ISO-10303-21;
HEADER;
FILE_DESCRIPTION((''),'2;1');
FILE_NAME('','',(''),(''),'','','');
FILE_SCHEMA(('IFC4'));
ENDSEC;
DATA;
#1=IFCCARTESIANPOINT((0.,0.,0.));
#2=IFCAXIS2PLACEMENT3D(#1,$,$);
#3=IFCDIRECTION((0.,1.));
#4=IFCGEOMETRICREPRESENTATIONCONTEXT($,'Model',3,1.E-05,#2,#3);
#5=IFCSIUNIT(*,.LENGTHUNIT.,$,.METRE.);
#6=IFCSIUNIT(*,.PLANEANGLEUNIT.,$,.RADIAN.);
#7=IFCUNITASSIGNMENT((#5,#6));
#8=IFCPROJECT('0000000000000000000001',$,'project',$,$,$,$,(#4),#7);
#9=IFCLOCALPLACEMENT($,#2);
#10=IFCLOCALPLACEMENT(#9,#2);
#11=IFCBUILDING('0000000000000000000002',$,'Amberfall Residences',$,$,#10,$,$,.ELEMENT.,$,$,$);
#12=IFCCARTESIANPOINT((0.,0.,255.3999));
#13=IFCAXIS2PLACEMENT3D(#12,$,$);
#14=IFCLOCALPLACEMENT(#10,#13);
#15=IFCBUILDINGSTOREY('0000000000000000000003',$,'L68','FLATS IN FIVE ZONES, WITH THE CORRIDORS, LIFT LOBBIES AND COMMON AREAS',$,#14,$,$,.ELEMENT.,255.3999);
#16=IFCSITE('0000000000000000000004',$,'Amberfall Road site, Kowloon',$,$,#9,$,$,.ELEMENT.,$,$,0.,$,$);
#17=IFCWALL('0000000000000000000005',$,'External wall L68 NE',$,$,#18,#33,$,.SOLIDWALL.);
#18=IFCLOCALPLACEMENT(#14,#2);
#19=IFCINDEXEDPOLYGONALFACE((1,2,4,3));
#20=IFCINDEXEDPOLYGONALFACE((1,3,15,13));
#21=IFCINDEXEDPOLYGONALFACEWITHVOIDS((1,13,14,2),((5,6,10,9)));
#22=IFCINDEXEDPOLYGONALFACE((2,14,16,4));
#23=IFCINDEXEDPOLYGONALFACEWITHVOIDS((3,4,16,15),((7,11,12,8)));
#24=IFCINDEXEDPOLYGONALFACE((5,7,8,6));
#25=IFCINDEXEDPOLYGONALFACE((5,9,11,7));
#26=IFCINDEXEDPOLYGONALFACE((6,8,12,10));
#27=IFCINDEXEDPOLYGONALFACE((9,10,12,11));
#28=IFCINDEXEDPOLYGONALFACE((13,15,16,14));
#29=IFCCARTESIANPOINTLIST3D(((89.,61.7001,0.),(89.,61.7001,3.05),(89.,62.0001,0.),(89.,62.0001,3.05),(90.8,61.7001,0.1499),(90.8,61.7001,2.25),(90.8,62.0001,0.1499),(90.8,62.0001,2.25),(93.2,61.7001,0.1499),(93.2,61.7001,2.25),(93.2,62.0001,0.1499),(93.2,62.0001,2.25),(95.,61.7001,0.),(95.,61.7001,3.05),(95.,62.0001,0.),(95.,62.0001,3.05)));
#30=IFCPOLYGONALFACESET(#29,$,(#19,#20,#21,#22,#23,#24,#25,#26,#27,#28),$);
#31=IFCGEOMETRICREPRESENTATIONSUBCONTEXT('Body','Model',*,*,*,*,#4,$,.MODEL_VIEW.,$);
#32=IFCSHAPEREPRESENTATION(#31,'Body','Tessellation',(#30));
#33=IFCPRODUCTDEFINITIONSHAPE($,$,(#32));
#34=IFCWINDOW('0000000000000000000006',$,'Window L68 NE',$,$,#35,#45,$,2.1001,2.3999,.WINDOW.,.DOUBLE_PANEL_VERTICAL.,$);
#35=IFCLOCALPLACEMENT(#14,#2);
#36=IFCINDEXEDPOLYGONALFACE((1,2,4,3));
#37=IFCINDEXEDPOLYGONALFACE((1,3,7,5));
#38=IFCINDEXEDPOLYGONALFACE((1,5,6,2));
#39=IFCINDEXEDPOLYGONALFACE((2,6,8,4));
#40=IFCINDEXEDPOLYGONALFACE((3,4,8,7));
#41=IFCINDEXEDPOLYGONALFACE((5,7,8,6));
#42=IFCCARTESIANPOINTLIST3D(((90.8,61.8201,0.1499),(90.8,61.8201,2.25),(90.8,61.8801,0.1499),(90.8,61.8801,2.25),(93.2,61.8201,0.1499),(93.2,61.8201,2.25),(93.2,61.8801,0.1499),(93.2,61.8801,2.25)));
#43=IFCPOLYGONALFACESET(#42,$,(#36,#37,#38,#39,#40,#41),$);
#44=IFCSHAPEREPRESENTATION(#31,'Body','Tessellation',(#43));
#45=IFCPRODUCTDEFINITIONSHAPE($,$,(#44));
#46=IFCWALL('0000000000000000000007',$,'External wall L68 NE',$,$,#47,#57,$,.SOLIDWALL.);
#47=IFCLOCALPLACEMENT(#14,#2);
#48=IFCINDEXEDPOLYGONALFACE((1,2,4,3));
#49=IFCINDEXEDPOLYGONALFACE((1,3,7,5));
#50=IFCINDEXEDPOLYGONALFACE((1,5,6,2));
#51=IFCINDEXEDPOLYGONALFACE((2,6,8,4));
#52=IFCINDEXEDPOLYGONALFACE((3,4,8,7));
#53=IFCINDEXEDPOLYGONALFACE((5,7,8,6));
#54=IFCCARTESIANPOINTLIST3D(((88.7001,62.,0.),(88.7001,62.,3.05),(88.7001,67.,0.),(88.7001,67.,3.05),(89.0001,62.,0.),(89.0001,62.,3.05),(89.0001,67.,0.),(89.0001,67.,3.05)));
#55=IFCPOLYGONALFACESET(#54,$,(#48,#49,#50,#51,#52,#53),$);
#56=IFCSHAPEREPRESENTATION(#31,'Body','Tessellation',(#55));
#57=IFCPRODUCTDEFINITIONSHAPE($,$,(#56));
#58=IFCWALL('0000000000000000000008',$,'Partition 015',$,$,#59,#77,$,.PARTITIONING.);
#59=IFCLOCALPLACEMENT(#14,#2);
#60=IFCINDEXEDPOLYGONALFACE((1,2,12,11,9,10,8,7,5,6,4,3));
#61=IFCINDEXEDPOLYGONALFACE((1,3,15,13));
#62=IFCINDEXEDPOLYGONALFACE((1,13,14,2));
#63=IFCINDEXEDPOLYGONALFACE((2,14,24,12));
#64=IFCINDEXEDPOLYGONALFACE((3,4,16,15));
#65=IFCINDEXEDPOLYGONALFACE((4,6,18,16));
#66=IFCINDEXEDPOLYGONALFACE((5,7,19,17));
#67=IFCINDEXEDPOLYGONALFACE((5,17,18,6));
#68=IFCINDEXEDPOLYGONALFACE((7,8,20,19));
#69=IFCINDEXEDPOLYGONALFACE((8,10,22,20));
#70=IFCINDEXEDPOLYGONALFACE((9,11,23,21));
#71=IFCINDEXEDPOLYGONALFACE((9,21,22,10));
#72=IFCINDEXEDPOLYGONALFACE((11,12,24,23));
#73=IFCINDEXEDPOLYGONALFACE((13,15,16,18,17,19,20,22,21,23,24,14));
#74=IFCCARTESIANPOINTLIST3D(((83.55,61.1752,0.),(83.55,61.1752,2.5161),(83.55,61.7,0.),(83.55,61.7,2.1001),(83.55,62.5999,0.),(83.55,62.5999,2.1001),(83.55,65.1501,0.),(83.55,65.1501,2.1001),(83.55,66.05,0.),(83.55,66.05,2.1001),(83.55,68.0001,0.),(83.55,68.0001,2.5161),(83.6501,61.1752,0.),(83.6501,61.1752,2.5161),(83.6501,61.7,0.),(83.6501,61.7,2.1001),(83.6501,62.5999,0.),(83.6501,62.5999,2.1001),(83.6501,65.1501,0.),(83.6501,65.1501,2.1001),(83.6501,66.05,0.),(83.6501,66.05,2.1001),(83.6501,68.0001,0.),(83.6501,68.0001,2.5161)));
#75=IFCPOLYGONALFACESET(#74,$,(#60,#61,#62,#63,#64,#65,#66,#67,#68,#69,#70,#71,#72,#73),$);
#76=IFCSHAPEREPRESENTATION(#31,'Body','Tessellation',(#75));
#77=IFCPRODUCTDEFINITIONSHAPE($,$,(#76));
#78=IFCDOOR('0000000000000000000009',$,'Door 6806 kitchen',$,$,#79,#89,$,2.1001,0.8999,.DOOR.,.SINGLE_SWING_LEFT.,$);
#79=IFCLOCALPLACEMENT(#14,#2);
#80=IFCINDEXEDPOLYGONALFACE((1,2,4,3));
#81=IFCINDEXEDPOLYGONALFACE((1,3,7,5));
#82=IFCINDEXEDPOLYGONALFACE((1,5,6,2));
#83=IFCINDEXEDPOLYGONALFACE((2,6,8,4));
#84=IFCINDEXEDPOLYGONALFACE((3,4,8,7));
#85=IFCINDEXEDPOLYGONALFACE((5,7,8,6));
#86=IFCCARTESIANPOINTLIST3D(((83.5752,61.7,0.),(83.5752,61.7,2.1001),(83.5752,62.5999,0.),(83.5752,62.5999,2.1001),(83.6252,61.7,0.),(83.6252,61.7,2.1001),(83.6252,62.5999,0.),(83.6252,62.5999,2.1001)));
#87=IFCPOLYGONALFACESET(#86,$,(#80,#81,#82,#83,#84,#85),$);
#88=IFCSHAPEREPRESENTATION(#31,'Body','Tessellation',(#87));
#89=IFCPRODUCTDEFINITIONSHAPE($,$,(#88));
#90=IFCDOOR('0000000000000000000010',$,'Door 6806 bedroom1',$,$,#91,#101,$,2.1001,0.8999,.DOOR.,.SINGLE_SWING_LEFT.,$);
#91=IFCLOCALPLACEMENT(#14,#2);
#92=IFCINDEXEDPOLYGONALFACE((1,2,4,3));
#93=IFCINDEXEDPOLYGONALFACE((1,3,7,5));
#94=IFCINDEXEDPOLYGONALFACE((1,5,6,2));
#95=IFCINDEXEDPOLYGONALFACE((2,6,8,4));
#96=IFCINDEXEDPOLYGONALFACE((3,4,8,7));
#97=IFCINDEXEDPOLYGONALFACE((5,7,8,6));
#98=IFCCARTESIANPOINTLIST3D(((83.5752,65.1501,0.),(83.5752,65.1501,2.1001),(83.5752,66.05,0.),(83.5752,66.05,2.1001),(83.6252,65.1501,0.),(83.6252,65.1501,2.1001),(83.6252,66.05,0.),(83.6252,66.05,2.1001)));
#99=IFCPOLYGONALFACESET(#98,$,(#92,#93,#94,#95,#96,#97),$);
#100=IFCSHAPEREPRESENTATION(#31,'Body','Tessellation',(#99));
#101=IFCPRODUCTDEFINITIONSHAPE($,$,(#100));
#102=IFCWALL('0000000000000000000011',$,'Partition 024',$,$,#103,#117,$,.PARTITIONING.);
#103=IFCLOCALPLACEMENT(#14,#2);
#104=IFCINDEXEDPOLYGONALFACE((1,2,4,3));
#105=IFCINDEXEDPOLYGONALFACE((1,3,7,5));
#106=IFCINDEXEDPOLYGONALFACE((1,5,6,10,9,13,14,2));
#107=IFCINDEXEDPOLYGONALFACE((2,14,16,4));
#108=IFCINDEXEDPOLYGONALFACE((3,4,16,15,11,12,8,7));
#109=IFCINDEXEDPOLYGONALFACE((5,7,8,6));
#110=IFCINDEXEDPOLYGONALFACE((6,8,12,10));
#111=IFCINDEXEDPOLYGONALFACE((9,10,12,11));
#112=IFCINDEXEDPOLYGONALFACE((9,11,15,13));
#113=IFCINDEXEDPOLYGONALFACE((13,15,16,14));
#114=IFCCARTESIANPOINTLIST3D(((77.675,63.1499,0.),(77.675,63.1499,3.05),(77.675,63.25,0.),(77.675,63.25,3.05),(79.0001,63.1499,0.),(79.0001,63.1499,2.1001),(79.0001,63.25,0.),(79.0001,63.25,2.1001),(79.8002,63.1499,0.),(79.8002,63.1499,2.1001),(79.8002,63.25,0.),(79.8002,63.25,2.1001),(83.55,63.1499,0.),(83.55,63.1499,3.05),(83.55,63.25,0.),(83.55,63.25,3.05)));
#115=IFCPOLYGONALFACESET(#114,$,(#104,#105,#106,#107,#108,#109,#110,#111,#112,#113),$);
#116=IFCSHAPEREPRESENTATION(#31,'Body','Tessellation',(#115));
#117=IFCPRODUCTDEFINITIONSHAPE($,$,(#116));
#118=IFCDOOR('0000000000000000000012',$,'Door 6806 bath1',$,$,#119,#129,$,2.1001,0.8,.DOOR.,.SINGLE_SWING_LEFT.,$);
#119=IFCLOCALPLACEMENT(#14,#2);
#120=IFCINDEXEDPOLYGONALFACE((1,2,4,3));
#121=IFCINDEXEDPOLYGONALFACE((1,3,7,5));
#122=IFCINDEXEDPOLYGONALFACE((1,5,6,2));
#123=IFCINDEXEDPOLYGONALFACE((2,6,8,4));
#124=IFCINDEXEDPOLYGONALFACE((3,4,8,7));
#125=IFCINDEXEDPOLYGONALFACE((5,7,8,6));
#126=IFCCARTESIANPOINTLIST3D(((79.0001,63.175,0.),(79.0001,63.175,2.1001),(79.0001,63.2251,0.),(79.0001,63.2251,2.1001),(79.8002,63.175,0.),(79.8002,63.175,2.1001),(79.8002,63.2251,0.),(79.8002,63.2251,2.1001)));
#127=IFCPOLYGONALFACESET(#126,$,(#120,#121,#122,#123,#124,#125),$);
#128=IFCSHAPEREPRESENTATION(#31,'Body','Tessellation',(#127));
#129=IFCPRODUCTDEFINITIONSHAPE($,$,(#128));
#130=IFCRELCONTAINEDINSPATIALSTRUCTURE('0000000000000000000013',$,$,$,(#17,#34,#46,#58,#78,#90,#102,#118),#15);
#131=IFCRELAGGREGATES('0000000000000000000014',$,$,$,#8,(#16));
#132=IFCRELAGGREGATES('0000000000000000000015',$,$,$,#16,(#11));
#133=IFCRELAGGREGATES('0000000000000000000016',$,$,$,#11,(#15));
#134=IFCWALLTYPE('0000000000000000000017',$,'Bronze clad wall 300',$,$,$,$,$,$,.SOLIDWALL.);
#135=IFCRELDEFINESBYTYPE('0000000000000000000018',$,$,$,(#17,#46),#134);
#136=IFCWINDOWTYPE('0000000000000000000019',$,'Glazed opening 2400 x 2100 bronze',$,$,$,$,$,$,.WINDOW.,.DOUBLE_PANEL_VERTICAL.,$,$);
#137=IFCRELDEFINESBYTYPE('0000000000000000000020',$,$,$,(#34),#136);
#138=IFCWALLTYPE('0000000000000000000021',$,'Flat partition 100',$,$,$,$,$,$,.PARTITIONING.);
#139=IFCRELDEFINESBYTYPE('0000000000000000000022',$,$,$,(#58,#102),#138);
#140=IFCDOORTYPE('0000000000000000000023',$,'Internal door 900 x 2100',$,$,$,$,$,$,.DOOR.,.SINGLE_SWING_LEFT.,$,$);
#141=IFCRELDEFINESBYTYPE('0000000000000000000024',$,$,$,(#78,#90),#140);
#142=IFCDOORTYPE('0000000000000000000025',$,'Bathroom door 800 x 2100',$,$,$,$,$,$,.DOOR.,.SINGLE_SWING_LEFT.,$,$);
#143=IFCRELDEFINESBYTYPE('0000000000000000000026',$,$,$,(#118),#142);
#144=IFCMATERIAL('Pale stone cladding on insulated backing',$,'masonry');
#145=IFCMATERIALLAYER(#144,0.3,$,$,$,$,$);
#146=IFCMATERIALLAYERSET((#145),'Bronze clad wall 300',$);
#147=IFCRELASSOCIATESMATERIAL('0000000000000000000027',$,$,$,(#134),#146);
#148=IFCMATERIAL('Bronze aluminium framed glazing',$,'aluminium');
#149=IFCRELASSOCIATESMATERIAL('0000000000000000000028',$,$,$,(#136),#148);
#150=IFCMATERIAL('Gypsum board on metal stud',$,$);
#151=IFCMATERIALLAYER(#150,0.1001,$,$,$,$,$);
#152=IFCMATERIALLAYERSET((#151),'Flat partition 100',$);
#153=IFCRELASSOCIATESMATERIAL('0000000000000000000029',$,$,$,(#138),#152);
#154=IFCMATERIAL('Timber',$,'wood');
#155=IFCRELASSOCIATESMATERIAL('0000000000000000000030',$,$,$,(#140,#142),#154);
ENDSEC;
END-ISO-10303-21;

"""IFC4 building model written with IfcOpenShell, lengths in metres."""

from ifc_helpers import new_model, si_unit, direction, frame, frame_2d, origin, place, context, subcontext, project, spatial, rectangle, extrude, material, layer, layer_set, type_object, element, fill, save


model = new_model("IFC4")

# Units and contexts
model_context = context("Model", 3, precision=1e-05, world=origin(), true_north=direction((0.0, 1.0)))
body_context = subcontext(model_context, "Body", "Model", "MODEL_VIEW")
ifc_project = project(units=[si_unit("LENGTHUNIT", "METRE"), si_unit("PLANEANGLEUNIT", "RADIAN")], contexts=[model_context])

# Site, building, storey
site_placement = place(None, origin())
site = spatial("IfcSite", under=ifc_project, at=site_placement, Name="Amberfall Road site, Kowloon", CompositionType="ELEMENT", RefElevation=0.0)
building_placement = place(site_placement, origin())
building = spatial("IfcBuilding", under=site, at=building_placement, Name="Amberfall Residences", CompositionType="ELEMENT")
storey_placement = place(building_placement, frame((0.0, 0.0, 255.3999)))
storey = spatial("IfcBuildingStorey", under=building, at=storey_placement, Name="L68", Description="FLATS IN FIVE ZONES, WITH THE CORRIDORS, LIFT LOBBIES AND COMMON AREAS", CompositionType="ELEMENT", Elevation=255.3999)

# Wall, opening, window
ifc_material_1 = material(Name="Pale stone cladding on insulated backing", Category="masonry")
ifc_layer_1 = layer(ifc_material_1, 0.3)
ifc_layer_set_1 = layer_set([ifc_layer_1], Name="Bronze clad wall 300")
wall_type_1 = type_object("IfcWallType", Name="Bronze clad wall 300", PredefinedType="SOLIDWALL", material=ifc_layer_set_1)
wall_1_placement = place(storey_placement, frame((95.0, 61.8501, 0.0), z_axis=(0.0, 0.0, 1.0), x_axis=(-1.0, 0.0, 0.0)))
wall_1 = element("IfcWall", 1, at=wall_1_placement, inside=storey, type_object=wall_type_1, Name="External wall L68 NE", PredefinedType="SOLIDWALL", context=body_context, shape_type="SweptSolid", body=[
    extrude(rectangle(XDim=6.0, YDim=0.3, at=frame_2d((3.0, 0.0))), origin(), (0.0, 0.0, 1.0), 3.05),
])
opening_1_placement = place(wall_1_placement, frame((1.8, 0.0, 0.1499)))
opening_1 = element("IfcOpeningElement", 2, at=opening_1_placement, cuts=wall_1, PredefinedType="OPENING", context=body_context, shape_type="SweptSolid", body=[
    extrude(rectangle(XDim=2.3999, YDim=2.1001, at=frame_2d((1.2, 1.05))), frame((0.0, 0.1599, 0.0), z_axis=(0.0, -1.0, 0.0), x_axis=(1.0, 0.0, 0.0)), (0.0, 0.0, 1.0), 0.3201),
])
ifc_material_2 = material(Name="Bronze aluminium framed glazing", Category="aluminium")
window_type = type_object("IfcWindowType", Name="Glazed opening 2400 x 2100 bronze", PartitioningType="DOUBLE_PANEL_VERTICAL", PredefinedType="WINDOW", material=ifc_material_2)
window_placement = place(opening_1_placement, origin())
window = element("IfcWindow", 3, at=window_placement, inside=storey, type_object=window_type, Name="Window L68 NE", OverallHeight=2.1001, OverallWidth=2.3999, PartitioningType="DOUBLE_PANEL_VERTICAL", PredefinedType="WINDOW", context=body_context, shape_type="SweptSolid", body=[
    extrude(rectangle(XDim=2.3999, YDim=2.1001, at=frame_2d((1.2, 1.05))), frame((0.0, 0.03, 0.0), z_axis=(0.0, -1.0, 0.0), x_axis=(1.0, 0.0, 0.0)), (0.0, 0.0, 1.0), 0.0601),
])
fill(opening_1, window)

# Wall
wall_2_placement = place(storey_placement, frame((88.8501, 62.0, 0.0), z_axis=(0.0, 0.0, 1.0), x_axis=(0.0, 1.0, 0.0)))
element("IfcWall", 4, at=wall_2_placement, inside=storey, type_object=wall_type_1, Name="External wall L68 NE", PredefinedType="SOLIDWALL", context=body_context, shape_type="SweptSolid", body=[
    extrude(rectangle(XDim=5.0, YDim=0.3, at=frame_2d((2.5, 0.0))), origin(), (0.0, 0.0, 1.0), 3.05),
])

# Wall, openings, doors
ifc_material_3 = material(Name="Gypsum board on metal stud")
ifc_layer_2 = layer(ifc_material_3, 0.1001)
ifc_layer_set_2 = layer_set([ifc_layer_2], Name="Flat partition 100")
wall_type_2 = type_object("IfcWallType", Name="Flat partition 100", PredefinedType="PARTITIONING", material=ifc_layer_set_2)
wall_3_placement = place(storey_placement, frame((83.6001, 61.175, 0.0), z_axis=(0.0, 0.0, 1.0), x_axis=(0.0, 1.0, 0.0)))
wall_3 = element("IfcWall", 5, at=wall_3_placement, inside=storey, type_object=wall_type_2, Name="Partition 015", PredefinedType="PARTITIONING", context=body_context, shape_type="SweptSolid", body=[
    extrude(rectangle(XDim=6.825, YDim=0.1001, at=frame_2d((3.4126, 0.0))), origin(), (0.0, 0.0, 1.0), 2.5161),
])
opening_2_placement = place(wall_3_placement, frame((0.5249, 0.0, 0.0)))
opening_2 = element("IfcOpeningElement", 6, at=opening_2_placement, cuts=wall_3, PredefinedType="OPENING", context=body_context, shape_type="SweptSolid", body=[
    extrude(rectangle(XDim=0.8999, YDim=2.1001, at=frame_2d((0.45, 1.05))), frame((0.0, 0.0601, 0.0), z_axis=(0.0, -1.0, 0.0), x_axis=(1.0, 0.0, 0.0)), (0.0, 0.0, 1.0), 0.1201),
])
opening_3_placement = place(wall_3_placement, frame((3.9751, 0.0, 0.0)))
opening_3 = element("IfcOpeningElement", 7, at=opening_3_placement, cuts=wall_3, PredefinedType="OPENING", context=body_context, shape_type="SweptSolid", body=[
    extrude(rectangle(XDim=0.8999, YDim=2.1001, at=frame_2d((0.45, 1.05))), frame((0.0, 0.0601, 0.0), z_axis=(0.0, -1.0, 0.0), x_axis=(1.0, 0.0, 0.0)), (0.0, 0.0, 1.0), 0.1201),
])
ifc_material_4 = material(Name="Timber", Category="wood")
door_type_1 = type_object("IfcDoorType", Name="Internal door 900 x 2100", OperationType="SINGLE_SWING_LEFT", PredefinedType="DOOR", material=ifc_material_4)
door_1_placement = place(opening_2_placement, origin())
door_1 = element("IfcDoor", 8, at=door_1_placement, inside=storey, type_object=door_type_1, Name="Door 6806 kitchen", OperationType="SINGLE_SWING_LEFT", OverallHeight=2.1001, OverallWidth=0.8999, PredefinedType="DOOR", context=body_context, shape_type="SweptSolid", body=[
    extrude(rectangle(XDim=0.8999, YDim=2.1001, at=frame_2d((0.45, 1.05))), frame((0.0, 0.0249, 0.0), z_axis=(0.0, -1.0, 0.0), x_axis=(1.0, 0.0, 0.0)), (0.0, 0.0, 1.0), 0.05),
])
fill(opening_2, door_1)
door_2_placement = place(opening_3_placement, origin())
door_2 = element("IfcDoor", 9, at=door_2_placement, inside=storey, type_object=door_type_1, Name="Door 6806 bedroom1", OperationType="SINGLE_SWING_LEFT", OverallHeight=2.1001, OverallWidth=0.8999, PredefinedType="DOOR", context=body_context, shape_type="SweptSolid", body=[
    extrude(rectangle(XDim=0.8999, YDim=2.1001, at=frame_2d((0.45, 1.05))), frame((0.0, 0.0249, 0.0), z_axis=(0.0, -1.0, 0.0), x_axis=(1.0, 0.0, 0.0)), (0.0, 0.0, 1.0), 0.05),
])
fill(opening_3, door_2)

# Wall, opening, door
wall_4_placement = place(storey_placement, frame((83.55, 63.2, 0.0), z_axis=(0.0, 0.0, 1.0), x_axis=(-1.0, 0.0, 0.0)))
wall_4 = element("IfcWall", 10, at=wall_4_placement, inside=storey, type_object=wall_type_2, Name="Partition 024", PredefinedType="PARTITIONING", context=body_context, shape_type="SweptSolid", body=[
    extrude(rectangle(XDim=5.875, YDim=0.1001, at=frame_2d((2.9375, 0.0))), origin(), (0.0, 0.0, 1.0), 3.05),
])
opening_4_placement = place(wall_4_placement, frame((3.75, 0.0, 0.0)))
opening_4 = element("IfcOpeningElement", 11, at=opening_4_placement, cuts=wall_4, PredefinedType="OPENING", context=body_context, shape_type="SweptSolid", body=[
    extrude(rectangle(XDim=0.8, YDim=2.1001, at=frame_2d((0.3999, 1.05))), frame((0.0, 0.0601, 0.0), z_axis=(0.0, -1.0, 0.0), x_axis=(1.0, 0.0, 0.0)), (0.0, 0.0, 1.0), 0.1201),
])
door_type_2 = type_object("IfcDoorType", Name="Bathroom door 800 x 2100", OperationType="SINGLE_SWING_LEFT", PredefinedType="DOOR", material=ifc_material_4)
door_3_placement = place(opening_4_placement, origin())
door_3 = element("IfcDoor", 12, at=door_3_placement, inside=storey, type_object=door_type_2, Name="Door 6806 bath1", OperationType="SINGLE_SWING_LEFT", OverallHeight=2.1001, OverallWidth=0.8, PredefinedType="DOOR", context=body_context, shape_type="SweptSolid", body=[
    extrude(rectangle(XDim=0.8, YDim=2.1001, at=frame_2d((0.3999, 1.05))), frame((0.0, 0.0249, 0.0), z_axis=(0.0, -1.0, 0.0), x_axis=(1.0, 0.0, 0.0)), (0.0, 0.0, 1.0), 0.05),
])
fill(opening_4, door_3)

save(model, "model.ifc")
